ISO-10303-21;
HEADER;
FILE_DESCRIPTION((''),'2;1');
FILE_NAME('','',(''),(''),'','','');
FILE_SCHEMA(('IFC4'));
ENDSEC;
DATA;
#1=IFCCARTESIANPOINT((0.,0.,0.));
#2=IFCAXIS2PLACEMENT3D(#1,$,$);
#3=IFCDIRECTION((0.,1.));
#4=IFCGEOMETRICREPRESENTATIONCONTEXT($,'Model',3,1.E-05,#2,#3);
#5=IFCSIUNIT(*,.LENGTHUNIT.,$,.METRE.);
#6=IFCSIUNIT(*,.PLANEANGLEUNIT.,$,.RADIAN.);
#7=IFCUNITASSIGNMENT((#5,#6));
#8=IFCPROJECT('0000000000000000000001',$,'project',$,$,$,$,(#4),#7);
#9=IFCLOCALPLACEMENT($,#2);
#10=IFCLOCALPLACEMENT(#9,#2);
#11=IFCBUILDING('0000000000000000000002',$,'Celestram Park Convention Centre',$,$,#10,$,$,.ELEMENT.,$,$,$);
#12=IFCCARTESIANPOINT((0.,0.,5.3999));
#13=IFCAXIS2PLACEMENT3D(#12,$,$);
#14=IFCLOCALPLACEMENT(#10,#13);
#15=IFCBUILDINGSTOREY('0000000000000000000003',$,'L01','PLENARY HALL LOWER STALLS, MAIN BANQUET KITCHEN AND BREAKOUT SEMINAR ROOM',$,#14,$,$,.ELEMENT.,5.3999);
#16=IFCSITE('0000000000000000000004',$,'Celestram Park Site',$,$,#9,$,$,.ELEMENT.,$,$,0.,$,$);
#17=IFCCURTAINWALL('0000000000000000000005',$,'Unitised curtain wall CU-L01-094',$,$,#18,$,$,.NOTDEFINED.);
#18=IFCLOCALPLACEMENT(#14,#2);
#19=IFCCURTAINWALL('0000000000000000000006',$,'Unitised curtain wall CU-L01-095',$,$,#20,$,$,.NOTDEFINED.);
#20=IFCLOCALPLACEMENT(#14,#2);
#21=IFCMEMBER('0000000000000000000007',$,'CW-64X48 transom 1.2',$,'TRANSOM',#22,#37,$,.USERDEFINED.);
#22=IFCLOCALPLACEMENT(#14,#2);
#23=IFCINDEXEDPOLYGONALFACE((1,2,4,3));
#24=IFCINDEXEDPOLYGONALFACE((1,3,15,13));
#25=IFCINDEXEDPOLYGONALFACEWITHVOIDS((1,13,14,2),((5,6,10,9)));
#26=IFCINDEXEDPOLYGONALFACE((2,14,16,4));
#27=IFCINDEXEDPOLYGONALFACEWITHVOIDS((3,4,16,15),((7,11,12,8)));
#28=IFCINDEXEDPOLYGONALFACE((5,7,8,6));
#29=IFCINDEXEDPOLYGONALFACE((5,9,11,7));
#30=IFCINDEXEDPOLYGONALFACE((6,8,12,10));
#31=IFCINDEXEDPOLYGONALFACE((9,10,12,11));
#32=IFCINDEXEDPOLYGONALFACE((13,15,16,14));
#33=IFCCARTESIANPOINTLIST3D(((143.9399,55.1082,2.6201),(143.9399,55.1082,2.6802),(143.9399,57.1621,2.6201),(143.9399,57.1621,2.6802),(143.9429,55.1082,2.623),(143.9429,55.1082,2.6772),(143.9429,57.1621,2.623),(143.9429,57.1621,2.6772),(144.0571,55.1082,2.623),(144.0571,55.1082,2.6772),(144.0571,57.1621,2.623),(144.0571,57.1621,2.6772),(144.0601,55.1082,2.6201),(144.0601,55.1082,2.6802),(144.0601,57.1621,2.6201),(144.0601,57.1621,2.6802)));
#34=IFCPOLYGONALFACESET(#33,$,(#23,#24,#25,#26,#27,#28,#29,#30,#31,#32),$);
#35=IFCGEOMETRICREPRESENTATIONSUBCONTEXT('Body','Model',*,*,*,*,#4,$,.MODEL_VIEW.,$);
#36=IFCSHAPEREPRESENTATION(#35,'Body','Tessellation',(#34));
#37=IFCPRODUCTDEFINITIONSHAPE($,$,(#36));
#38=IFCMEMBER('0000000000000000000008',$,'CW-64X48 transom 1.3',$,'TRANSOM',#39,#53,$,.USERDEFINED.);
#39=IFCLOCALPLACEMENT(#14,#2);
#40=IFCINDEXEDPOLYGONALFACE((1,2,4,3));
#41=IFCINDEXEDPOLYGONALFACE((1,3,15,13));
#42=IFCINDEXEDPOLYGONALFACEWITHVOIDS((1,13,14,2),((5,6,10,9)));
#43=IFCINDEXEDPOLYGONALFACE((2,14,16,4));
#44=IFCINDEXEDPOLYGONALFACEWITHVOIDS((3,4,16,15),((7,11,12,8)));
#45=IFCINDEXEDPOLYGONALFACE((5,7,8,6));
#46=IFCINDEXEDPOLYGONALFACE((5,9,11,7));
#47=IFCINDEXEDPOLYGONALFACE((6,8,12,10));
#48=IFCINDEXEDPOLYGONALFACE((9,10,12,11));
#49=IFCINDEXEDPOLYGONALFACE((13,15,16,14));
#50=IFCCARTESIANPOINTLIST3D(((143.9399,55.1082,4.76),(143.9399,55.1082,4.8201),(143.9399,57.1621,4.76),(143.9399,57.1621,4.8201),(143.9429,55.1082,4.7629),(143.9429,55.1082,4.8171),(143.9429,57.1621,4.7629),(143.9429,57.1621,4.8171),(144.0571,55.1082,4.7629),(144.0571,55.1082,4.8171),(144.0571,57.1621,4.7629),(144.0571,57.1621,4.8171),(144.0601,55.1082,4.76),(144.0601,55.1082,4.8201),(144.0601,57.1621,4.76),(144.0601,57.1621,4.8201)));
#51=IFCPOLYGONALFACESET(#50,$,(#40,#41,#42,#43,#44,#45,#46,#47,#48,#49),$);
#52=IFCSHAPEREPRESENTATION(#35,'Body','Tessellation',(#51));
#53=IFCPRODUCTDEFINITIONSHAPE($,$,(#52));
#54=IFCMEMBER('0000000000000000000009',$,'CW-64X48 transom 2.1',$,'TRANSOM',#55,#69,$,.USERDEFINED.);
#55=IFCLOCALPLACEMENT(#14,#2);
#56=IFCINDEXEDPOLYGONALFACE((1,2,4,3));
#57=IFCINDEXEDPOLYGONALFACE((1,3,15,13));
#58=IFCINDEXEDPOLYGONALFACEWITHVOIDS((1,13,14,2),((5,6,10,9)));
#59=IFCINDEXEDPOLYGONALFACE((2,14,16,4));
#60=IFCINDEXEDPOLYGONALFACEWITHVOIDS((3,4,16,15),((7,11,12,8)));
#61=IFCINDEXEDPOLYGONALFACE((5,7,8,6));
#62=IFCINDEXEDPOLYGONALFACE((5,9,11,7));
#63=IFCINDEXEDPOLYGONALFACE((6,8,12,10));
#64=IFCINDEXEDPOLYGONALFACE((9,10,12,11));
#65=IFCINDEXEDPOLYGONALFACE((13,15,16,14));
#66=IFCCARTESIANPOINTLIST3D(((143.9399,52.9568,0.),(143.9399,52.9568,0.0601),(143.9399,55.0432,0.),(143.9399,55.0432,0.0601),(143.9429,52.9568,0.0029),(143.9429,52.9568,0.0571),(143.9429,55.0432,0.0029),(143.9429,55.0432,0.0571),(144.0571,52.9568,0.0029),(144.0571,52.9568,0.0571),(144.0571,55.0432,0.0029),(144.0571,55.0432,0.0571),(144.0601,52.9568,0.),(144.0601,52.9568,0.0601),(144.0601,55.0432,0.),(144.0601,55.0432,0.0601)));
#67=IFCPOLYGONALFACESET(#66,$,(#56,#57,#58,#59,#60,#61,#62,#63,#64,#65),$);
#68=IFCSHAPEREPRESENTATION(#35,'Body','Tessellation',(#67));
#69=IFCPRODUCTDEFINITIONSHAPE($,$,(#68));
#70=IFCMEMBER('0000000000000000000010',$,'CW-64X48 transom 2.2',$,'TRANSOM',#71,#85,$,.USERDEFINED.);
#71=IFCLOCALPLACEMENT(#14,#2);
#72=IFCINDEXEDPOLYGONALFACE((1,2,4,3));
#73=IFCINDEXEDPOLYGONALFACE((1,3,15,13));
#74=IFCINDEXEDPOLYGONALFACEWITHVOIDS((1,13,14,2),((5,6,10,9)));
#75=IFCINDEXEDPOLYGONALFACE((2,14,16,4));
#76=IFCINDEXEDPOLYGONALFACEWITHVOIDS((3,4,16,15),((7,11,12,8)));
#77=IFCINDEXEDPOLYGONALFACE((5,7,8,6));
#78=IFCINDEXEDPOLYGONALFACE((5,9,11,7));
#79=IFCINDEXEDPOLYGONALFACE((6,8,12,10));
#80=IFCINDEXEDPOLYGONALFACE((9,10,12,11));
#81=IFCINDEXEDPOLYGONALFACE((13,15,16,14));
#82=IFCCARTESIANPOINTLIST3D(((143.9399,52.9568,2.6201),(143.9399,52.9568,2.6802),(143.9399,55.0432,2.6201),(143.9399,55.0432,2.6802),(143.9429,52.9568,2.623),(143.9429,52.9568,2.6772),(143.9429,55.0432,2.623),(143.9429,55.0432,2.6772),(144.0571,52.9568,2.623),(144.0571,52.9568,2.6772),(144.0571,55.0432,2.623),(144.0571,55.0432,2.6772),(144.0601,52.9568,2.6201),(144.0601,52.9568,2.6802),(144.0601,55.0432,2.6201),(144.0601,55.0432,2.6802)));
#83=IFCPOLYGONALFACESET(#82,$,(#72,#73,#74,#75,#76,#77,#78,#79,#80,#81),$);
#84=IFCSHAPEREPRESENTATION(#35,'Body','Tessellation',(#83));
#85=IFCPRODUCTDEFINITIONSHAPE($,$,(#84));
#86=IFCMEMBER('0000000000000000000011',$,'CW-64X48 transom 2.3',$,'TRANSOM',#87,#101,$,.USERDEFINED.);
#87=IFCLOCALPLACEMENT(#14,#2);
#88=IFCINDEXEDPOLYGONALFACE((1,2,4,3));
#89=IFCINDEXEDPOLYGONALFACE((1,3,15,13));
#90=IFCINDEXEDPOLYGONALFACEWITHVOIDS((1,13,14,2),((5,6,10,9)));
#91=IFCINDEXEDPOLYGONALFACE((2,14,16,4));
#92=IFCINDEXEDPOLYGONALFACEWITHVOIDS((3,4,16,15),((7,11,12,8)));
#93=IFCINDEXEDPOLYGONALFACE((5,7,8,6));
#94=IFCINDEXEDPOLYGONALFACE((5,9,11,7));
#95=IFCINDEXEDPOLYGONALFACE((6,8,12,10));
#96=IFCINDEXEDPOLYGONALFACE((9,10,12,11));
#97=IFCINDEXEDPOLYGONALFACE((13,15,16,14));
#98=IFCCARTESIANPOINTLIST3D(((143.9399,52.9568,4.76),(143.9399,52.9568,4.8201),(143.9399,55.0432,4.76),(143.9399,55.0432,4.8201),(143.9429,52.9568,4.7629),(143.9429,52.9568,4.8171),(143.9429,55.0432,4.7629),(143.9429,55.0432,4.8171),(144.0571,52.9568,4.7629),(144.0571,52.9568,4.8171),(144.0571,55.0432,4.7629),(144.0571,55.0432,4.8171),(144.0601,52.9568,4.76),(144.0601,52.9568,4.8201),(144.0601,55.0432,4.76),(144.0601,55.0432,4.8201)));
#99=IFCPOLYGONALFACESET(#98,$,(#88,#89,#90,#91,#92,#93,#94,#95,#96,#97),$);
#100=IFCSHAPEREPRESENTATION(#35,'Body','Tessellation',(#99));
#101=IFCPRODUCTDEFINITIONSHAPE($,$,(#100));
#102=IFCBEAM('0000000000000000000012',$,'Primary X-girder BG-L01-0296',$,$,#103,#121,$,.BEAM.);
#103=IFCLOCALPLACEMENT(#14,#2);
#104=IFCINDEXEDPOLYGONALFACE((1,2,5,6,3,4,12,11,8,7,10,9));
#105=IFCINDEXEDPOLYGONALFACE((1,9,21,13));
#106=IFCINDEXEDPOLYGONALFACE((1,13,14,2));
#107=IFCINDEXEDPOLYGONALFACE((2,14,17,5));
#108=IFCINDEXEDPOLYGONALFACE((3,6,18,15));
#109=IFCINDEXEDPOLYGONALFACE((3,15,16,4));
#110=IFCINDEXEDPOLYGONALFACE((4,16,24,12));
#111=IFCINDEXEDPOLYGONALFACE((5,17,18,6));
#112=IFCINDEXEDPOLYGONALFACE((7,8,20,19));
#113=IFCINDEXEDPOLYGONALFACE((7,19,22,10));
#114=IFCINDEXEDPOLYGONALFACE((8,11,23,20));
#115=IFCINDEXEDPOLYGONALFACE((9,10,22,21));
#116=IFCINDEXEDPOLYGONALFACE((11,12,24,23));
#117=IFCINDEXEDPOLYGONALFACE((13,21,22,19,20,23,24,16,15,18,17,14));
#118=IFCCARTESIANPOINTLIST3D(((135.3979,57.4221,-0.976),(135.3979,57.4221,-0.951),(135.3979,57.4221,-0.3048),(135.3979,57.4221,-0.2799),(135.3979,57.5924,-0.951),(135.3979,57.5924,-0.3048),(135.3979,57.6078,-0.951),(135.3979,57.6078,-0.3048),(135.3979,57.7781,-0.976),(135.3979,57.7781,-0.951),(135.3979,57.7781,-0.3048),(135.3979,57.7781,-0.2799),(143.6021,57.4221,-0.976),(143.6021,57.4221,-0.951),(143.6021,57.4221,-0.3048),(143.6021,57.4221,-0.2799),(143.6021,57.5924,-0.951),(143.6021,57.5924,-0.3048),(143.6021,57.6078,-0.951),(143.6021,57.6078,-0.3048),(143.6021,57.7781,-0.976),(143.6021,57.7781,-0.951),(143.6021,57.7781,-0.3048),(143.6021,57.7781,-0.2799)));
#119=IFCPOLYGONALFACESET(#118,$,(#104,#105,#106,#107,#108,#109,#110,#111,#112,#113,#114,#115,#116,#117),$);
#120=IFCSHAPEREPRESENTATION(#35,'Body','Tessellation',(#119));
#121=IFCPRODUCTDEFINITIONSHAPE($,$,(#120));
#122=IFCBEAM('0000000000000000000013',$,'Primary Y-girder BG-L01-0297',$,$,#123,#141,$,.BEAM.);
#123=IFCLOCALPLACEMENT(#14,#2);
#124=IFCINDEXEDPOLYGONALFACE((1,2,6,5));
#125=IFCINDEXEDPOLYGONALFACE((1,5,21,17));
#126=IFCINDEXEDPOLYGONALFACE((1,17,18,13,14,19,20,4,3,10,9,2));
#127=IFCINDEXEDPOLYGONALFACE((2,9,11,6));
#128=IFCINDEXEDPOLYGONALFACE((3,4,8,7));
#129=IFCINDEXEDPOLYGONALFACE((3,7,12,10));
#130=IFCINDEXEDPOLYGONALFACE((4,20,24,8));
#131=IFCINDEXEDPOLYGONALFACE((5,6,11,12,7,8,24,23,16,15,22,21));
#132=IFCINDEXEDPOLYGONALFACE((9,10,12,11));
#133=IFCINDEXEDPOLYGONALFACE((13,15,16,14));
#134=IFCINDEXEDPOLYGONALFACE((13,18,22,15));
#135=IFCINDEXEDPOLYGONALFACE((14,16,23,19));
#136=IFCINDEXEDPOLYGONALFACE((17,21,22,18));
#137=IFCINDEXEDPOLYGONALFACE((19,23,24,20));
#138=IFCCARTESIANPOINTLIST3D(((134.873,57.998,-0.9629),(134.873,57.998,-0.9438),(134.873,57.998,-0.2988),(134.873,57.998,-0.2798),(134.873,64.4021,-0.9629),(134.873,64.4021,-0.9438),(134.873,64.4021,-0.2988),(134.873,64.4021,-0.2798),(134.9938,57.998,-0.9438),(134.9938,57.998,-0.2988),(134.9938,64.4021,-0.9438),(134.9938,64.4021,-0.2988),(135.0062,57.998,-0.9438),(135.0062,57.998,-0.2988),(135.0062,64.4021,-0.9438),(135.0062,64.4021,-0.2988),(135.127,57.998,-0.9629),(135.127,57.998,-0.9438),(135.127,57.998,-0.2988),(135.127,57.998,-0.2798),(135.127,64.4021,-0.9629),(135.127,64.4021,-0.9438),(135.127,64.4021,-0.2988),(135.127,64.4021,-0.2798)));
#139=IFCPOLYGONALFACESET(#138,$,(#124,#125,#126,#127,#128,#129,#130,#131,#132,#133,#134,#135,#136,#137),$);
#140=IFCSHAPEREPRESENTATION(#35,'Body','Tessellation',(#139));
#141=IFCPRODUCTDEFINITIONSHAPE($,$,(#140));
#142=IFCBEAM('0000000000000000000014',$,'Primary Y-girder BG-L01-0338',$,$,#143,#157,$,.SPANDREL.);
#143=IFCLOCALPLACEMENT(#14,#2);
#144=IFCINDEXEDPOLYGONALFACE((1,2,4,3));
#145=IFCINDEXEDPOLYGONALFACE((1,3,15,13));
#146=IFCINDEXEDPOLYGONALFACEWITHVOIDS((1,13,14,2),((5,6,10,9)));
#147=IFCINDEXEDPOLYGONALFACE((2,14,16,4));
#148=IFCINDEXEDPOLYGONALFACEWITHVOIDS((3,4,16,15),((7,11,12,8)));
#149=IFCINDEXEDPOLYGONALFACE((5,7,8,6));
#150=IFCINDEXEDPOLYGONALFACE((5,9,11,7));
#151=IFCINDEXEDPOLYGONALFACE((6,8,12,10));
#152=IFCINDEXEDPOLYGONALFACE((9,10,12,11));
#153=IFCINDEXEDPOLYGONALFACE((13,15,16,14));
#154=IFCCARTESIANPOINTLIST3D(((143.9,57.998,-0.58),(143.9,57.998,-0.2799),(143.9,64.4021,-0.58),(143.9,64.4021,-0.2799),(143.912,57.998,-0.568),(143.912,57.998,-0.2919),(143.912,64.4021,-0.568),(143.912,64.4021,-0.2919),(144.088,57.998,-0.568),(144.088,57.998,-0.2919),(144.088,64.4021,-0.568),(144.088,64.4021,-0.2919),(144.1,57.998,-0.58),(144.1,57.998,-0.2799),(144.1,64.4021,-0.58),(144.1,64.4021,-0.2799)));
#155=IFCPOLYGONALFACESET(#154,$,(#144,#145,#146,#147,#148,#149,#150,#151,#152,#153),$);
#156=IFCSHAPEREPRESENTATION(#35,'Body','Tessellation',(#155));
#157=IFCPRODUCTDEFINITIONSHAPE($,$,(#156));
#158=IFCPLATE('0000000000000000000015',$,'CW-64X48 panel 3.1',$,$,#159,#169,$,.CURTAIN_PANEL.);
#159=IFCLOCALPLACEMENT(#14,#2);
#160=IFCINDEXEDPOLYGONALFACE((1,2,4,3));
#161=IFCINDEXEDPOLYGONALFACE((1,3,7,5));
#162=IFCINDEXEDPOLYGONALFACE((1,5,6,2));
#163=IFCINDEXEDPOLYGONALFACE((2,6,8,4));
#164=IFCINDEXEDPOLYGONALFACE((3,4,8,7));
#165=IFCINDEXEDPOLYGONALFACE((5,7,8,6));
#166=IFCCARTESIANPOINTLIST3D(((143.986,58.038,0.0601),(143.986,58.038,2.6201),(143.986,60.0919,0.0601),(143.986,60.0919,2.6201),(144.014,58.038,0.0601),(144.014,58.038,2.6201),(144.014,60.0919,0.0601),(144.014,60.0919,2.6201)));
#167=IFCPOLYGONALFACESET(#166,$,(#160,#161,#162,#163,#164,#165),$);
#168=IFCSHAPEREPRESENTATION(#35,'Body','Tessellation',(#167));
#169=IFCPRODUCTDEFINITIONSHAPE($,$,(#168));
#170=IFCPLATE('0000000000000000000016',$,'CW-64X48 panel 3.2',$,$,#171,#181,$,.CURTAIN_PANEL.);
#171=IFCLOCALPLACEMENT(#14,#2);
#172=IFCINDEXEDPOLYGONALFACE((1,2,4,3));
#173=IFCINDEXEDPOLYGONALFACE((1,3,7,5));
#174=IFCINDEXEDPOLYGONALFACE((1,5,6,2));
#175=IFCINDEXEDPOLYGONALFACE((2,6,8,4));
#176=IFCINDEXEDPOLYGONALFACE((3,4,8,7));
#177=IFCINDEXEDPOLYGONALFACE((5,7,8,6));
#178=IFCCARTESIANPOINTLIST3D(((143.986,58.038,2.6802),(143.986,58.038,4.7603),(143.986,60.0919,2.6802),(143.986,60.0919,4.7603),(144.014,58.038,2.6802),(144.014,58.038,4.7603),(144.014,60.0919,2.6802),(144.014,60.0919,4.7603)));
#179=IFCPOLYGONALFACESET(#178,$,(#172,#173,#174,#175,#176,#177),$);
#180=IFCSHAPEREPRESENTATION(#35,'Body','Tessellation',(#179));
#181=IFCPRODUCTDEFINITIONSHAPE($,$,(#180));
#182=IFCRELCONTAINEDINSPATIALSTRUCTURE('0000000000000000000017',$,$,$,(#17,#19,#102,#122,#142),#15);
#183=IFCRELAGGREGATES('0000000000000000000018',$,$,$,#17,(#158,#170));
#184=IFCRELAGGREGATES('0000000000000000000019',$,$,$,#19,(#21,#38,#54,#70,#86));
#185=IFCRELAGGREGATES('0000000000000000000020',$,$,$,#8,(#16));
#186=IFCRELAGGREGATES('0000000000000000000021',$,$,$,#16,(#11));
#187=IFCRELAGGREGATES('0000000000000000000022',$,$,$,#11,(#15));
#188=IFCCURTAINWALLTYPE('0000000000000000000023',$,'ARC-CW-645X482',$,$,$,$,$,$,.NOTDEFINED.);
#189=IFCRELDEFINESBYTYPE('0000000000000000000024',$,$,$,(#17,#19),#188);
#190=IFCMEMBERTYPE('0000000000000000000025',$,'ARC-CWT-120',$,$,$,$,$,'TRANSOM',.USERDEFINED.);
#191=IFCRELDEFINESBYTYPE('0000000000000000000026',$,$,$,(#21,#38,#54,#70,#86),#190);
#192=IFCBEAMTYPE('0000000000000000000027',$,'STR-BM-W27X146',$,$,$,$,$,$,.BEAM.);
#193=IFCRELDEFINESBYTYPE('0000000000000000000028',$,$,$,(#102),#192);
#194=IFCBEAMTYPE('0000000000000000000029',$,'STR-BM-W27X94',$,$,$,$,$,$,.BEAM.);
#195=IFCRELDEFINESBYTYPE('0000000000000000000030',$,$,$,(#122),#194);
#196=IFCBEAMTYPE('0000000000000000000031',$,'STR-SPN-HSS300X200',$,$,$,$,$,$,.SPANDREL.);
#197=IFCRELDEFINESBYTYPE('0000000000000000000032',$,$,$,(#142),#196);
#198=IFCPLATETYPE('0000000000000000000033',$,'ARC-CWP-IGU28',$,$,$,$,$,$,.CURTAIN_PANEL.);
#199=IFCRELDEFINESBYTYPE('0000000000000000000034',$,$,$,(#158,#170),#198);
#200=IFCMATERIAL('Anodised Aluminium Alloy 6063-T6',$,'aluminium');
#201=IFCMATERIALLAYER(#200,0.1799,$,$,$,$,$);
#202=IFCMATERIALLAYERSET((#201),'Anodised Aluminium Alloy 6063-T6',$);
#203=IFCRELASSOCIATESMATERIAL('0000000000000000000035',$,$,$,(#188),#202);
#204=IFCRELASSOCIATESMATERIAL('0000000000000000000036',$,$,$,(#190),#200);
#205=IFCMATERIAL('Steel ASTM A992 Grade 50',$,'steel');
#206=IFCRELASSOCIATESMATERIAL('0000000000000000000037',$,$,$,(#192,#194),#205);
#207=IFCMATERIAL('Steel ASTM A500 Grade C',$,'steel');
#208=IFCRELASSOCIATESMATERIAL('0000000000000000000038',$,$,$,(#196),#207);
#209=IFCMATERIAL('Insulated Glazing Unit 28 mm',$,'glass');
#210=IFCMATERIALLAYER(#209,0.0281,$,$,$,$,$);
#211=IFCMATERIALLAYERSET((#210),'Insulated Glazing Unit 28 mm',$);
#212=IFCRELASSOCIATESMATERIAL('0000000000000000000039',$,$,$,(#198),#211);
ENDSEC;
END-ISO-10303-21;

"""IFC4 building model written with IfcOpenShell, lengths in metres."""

from ifc_helpers import new_model, si_unit, direction, frame, origin, origin_2d, place, context, subcontext, project, spatial, rectangle, hollow_rectangle, i_section, extrude, material, layer, layer_set, material_profile, profile_set, type_object, element, aggregate, save


model = new_model("IFC4")

# Units and contexts
model_context = context("Model", 3, precision=1e-05, world=origin(), true_north=direction((0.0, 1.0)))
body_context = subcontext(model_context, "Body", "Model", "MODEL_VIEW")
ifc_project = project(units=[si_unit("LENGTHUNIT", "METRE"), si_unit("PLANEANGLEUNIT", "RADIAN")], contexts=[model_context])

# Site, building, storey
site_placement = place(None, origin())
site = spatial("IfcSite", under=ifc_project, at=site_placement, Name="Celestram Park Site", CompositionType="ELEMENT", RefElevation=0.0)
building_placement = place(site_placement, origin())
building = spatial("IfcBuilding", under=site, at=building_placement, Name="Celestram Park Convention Centre", CompositionType="ELEMENT")
storey_placement = place(building_placement, frame((0.0, 0.0, 5.3999)))
storey = spatial("IfcBuildingStorey", under=building, at=storey_placement, Name="L01", Description="PLENARY HALL LOWER STALLS, MAIN BANQUET KITCHEN AND BREAKOUT SEMINAR ROOM", CompositionType="ELEMENT", Elevation=5.3999)

# Curtain walls
ifc_material_1 = material(Name="Anodised Aluminium Alloy 6063-T6", Category="aluminium")
ifc_layer_1 = layer(ifc_material_1, 0.1799)
ifc_layer_set_1 = layer_set([ifc_layer_1], Name="Anodised Aluminium Alloy 6063-T6")
curtain_wall_type = type_object("IfcCurtainWallType", Name="ARC-CW-645X482", PredefinedType="NOTDEFINED", material=ifc_layer_set_1)
curtain_wall_1_placement = place(storey_placement, origin())
curtain_wall_1 = element("IfcCurtainWall", 1, at=curtain_wall_1_placement, inside=storey, type_object=curtain_wall_type, Name="Unitised curtain wall CU-L01-094", PredefinedType="NOTDEFINED")
curtain_wall_2_placement = place(storey_placement, origin())
curtain_wall_2 = element("IfcCurtainWall", 2, at=curtain_wall_2_placement, inside=storey, type_object=curtain_wall_type, Name="Unitised curtain wall CU-L01-095", PredefinedType="NOTDEFINED")

# Members
ifc_material_profile_1 = material_profile(ifc_material_1, hollow_rectangle(XDim=0.1201, YDim=0.0601, WallThickness=0.0029, at=origin_2d()), Name="ALU120X60X3")
ifc_profile_set_1 = profile_set([ifc_material_profile_1], Name="Anodised Aluminium Alloy 6063-T6")
member_type_1 = type_object("IfcMemberType", Name="ARC-CWT-120", ElementType="TRANSOM", PredefinedType="USERDEFINED", material=ifc_profile_set_1)
member_1_placement = place(storey_placement, frame((144.0, 57.1621, 2.6501), z_axis=(0.0, -1.0, 0.0), x_axis=(1.0, 0.0, 0.0)))
member_1 = element("IfcMember", 3, at=member_1_placement, type_object=member_type_1, Name="CW-64X48 transom 1.2", ObjectType="TRANSOM", PredefinedType="USERDEFINED", context=body_context, shape_type="SweptSolid", body=[
    extrude(hollow_rectangle(XDim=0.1201, YDim=0.0601, WallThickness=0.0029, at=origin_2d()), origin(), (0.0, 0.0, 1.0), 2.054),
])
member_2_placement = place(storey_placement, frame((144.0, 57.1621, 4.79), z_axis=(0.0, -1.0, 0.0), x_axis=(1.0, 0.0, 0.0)))
member_2 = element("IfcMember", 4, at=member_2_placement, type_object=member_type_1, Name="CW-64X48 transom 1.3", ObjectType="TRANSOM", PredefinedType="USERDEFINED", context=body_context, shape_type="SweptSolid", body=[
    extrude(hollow_rectangle(XDim=0.1201, YDim=0.0601, WallThickness=0.0029, at=origin_2d()), origin(), (0.0, 0.0, 1.0), 2.054),
])
member_3_placement = place(storey_placement, frame((144.0, 55.0432, 0.03), z_axis=(0.0, -1.0, 0.0), x_axis=(1.0, 0.0, 0.0)))
member_3 = element("IfcMember", 5, at=member_3_placement, type_object=member_type_1, Name="CW-64X48 transom 2.1", ObjectType="TRANSOM", PredefinedType="USERDEFINED", context=body_context, shape_type="SweptSolid", body=[
    extrude(hollow_rectangle(XDim=0.1201, YDim=0.0601, WallThickness=0.0029, at=origin_2d()), origin(), (0.0, 0.0, 1.0), 2.0864),
])
member_4_placement = place(storey_placement, frame((144.0, 55.0432, 2.6501), z_axis=(0.0, -1.0, 0.0), x_axis=(1.0, 0.0, 0.0)))
member_4 = element("IfcMember", 6, at=member_4_placement, type_object=member_type_1, Name="CW-64X48 transom 2.2", ObjectType="TRANSOM", PredefinedType="USERDEFINED", context=body_context, shape_type="SweptSolid", body=[
    extrude(hollow_rectangle(XDim=0.1201, YDim=0.0601, WallThickness=0.0029, at=origin_2d()), origin(), (0.0, 0.0, 1.0), 2.0864),
])
member_5_placement = place(storey_placement, frame((144.0, 55.0432, 4.79), z_axis=(0.0, -1.0, 0.0), x_axis=(1.0, 0.0, 0.0)))
member_5 = element("IfcMember", 7, at=member_5_placement, type_object=member_type_1, Name="CW-64X48 transom 2.3", ObjectType="TRANSOM", PredefinedType="USERDEFINED", context=body_context, shape_type="SweptSolid", body=[
    extrude(hollow_rectangle(XDim=0.1201, YDim=0.0601, WallThickness=0.0029, at=origin_2d()), origin(), (0.0, 0.0, 1.0), 2.0864),
])

# Beams
ifc_material_2 = material(Name="Steel ASTM A992 Grade 50", Category="steel")
ifc_material_profile_2 = material_profile(ifc_material_2, i_section(OverallWidth=0.356, OverallDepth=0.696, WebThickness=0.0154, FlangeThickness=0.0249, at=origin_2d()), Name="W27X146")
ifc_profile_set_2 = profile_set([ifc_material_profile_2], Name="Steel ASTM A992 Grade 50")
beam_type_1 = type_object("IfcBeamType", Name="STR-BM-W27X146", PredefinedType="BEAM", material=ifc_profile_set_2)
beam_1_placement = place(storey_placement, frame((135.3979, 57.6001, -0.6279), z_axis=(1.0, 0.0, 0.0), x_axis=(0.0, 1.0, 0.0)))
element("IfcBeam", 8, at=beam_1_placement, inside=storey, type_object=beam_type_1, Name="Primary X-girder BG-L01-0296", PredefinedType="BEAM", context=body_context, shape_type="SweptSolid", body=[
    extrude(i_section(OverallWidth=0.356, OverallDepth=0.696, WebThickness=0.0154, FlangeThickness=0.0249, at=origin_2d()), origin(), (0.0, 0.0, 1.0), 8.2041),
])
ifc_material_profile_3 = material_profile(ifc_material_2, i_section(OverallWidth=0.2539, OverallDepth=0.6831, WebThickness=0.0125, FlangeThickness=0.019, at=origin_2d()), Name="W27X94")
ifc_profile_set_3 = profile_set([ifc_material_profile_3], Name="Steel ASTM A992 Grade 50")
beam_type_2 = type_object("IfcBeamType", Name="STR-BM-W27X94", PredefinedType="BEAM", material=ifc_profile_set_3)
beam_2_placement = place(storey_placement, frame((135.0, 57.998, -0.6213), z_axis=(0.0, 1.0, 0.0), x_axis=(-1.0, 0.0, 0.0)))
element("IfcBeam", 9, at=beam_2_placement, inside=storey, type_object=beam_type_2, Name="Primary Y-girder BG-L01-0297", PredefinedType="BEAM", context=body_context, shape_type="SweptSolid", body=[
    extrude(i_section(OverallWidth=0.2539, OverallDepth=0.6831, WebThickness=0.0125, FlangeThickness=0.019, at=origin_2d()), origin(), (0.0, 0.0, 1.0), 6.4041),
])
ifc_material_3 = material(Name="Steel ASTM A500 Grade C", Category="steel")
ifc_material_profile_4 = material_profile(ifc_material_3, hollow_rectangle(XDim=0.2, YDim=0.3, WallThickness=0.012, at=origin_2d()), Name="HSS300X200X12")
ifc_profile_set_4 = profile_set([ifc_material_profile_4], Name="Steel ASTM A500 Grade C")
beam_type_3 = type_object("IfcBeamType", Name="STR-SPN-HSS300X200", PredefinedType="SPANDREL", material=ifc_profile_set_4)
beam_3_placement = place(storey_placement, frame((144.0, 57.998, -0.4299), z_axis=(0.0, 1.0, 0.0), x_axis=(-1.0, 0.0, 0.0)))
element("IfcBeam", 10, at=beam_3_placement, inside=storey, type_object=beam_type_3, Name="Primary Y-girder BG-L01-0338", PredefinedType="SPANDREL", context=body_context, shape_type="SweptSolid", body=[
    extrude(hollow_rectangle(XDim=0.2, YDim=0.3, WallThickness=0.012, at=origin_2d()), origin(), (0.0, 0.0, 1.0), 6.4041),
])

# Plates
ifc_material_4 = material(Name="Insulated Glazing Unit 28 mm", Category="glass")
ifc_layer_2 = layer(ifc_material_4, 0.0281)
ifc_layer_set_2 = layer_set([ifc_layer_2], Name="Insulated Glazing Unit 28 mm")
plate_type = type_object("IfcPlateType", Name="ARC-CWP-IGU28", PredefinedType="CURTAIN_PANEL", material=ifc_layer_set_2)
plate_1_placement = place(storey_placement, frame((144.0, 59.0649, 0.0601), z_axis=(0.0, 0.0, 1.0), x_axis=(0.0, -1.0, 0.0)))
plate_1 = element("IfcPlate", 11, at=plate_1_placement, type_object=plate_type, Name="CW-64X48 panel 3.1", PredefinedType="CURTAIN_PANEL", context=body_context, shape_type="SweptSolid", body=[
    extrude(rectangle(XDim=2.054, YDim=0.0281, at=origin_2d()), origin(), (0.0, 0.0, 1.0), 2.5601),
])
plate_2_placement = place(storey_placement, frame((144.0, 59.0649, 2.6802), z_axis=(0.0, 0.0, 1.0), x_axis=(0.0, -1.0, 0.0)))
plate_2 = element("IfcPlate", 12, at=plate_2_placement, type_object=plate_type, Name="CW-64X48 panel 3.2", PredefinedType="CURTAIN_PANEL", context=body_context, shape_type="SweptSolid", body=[
    extrude(rectangle(XDim=2.054, YDim=0.0281, at=origin_2d()), origin(), (0.0, 0.0, 1.0), 2.0801),
])
aggregate(curtain_wall_1, [plate_1, plate_2])
aggregate(curtain_wall_2, [member_1, member_2, member_3, member_4, member_5])

save(model, "model.ifc")
